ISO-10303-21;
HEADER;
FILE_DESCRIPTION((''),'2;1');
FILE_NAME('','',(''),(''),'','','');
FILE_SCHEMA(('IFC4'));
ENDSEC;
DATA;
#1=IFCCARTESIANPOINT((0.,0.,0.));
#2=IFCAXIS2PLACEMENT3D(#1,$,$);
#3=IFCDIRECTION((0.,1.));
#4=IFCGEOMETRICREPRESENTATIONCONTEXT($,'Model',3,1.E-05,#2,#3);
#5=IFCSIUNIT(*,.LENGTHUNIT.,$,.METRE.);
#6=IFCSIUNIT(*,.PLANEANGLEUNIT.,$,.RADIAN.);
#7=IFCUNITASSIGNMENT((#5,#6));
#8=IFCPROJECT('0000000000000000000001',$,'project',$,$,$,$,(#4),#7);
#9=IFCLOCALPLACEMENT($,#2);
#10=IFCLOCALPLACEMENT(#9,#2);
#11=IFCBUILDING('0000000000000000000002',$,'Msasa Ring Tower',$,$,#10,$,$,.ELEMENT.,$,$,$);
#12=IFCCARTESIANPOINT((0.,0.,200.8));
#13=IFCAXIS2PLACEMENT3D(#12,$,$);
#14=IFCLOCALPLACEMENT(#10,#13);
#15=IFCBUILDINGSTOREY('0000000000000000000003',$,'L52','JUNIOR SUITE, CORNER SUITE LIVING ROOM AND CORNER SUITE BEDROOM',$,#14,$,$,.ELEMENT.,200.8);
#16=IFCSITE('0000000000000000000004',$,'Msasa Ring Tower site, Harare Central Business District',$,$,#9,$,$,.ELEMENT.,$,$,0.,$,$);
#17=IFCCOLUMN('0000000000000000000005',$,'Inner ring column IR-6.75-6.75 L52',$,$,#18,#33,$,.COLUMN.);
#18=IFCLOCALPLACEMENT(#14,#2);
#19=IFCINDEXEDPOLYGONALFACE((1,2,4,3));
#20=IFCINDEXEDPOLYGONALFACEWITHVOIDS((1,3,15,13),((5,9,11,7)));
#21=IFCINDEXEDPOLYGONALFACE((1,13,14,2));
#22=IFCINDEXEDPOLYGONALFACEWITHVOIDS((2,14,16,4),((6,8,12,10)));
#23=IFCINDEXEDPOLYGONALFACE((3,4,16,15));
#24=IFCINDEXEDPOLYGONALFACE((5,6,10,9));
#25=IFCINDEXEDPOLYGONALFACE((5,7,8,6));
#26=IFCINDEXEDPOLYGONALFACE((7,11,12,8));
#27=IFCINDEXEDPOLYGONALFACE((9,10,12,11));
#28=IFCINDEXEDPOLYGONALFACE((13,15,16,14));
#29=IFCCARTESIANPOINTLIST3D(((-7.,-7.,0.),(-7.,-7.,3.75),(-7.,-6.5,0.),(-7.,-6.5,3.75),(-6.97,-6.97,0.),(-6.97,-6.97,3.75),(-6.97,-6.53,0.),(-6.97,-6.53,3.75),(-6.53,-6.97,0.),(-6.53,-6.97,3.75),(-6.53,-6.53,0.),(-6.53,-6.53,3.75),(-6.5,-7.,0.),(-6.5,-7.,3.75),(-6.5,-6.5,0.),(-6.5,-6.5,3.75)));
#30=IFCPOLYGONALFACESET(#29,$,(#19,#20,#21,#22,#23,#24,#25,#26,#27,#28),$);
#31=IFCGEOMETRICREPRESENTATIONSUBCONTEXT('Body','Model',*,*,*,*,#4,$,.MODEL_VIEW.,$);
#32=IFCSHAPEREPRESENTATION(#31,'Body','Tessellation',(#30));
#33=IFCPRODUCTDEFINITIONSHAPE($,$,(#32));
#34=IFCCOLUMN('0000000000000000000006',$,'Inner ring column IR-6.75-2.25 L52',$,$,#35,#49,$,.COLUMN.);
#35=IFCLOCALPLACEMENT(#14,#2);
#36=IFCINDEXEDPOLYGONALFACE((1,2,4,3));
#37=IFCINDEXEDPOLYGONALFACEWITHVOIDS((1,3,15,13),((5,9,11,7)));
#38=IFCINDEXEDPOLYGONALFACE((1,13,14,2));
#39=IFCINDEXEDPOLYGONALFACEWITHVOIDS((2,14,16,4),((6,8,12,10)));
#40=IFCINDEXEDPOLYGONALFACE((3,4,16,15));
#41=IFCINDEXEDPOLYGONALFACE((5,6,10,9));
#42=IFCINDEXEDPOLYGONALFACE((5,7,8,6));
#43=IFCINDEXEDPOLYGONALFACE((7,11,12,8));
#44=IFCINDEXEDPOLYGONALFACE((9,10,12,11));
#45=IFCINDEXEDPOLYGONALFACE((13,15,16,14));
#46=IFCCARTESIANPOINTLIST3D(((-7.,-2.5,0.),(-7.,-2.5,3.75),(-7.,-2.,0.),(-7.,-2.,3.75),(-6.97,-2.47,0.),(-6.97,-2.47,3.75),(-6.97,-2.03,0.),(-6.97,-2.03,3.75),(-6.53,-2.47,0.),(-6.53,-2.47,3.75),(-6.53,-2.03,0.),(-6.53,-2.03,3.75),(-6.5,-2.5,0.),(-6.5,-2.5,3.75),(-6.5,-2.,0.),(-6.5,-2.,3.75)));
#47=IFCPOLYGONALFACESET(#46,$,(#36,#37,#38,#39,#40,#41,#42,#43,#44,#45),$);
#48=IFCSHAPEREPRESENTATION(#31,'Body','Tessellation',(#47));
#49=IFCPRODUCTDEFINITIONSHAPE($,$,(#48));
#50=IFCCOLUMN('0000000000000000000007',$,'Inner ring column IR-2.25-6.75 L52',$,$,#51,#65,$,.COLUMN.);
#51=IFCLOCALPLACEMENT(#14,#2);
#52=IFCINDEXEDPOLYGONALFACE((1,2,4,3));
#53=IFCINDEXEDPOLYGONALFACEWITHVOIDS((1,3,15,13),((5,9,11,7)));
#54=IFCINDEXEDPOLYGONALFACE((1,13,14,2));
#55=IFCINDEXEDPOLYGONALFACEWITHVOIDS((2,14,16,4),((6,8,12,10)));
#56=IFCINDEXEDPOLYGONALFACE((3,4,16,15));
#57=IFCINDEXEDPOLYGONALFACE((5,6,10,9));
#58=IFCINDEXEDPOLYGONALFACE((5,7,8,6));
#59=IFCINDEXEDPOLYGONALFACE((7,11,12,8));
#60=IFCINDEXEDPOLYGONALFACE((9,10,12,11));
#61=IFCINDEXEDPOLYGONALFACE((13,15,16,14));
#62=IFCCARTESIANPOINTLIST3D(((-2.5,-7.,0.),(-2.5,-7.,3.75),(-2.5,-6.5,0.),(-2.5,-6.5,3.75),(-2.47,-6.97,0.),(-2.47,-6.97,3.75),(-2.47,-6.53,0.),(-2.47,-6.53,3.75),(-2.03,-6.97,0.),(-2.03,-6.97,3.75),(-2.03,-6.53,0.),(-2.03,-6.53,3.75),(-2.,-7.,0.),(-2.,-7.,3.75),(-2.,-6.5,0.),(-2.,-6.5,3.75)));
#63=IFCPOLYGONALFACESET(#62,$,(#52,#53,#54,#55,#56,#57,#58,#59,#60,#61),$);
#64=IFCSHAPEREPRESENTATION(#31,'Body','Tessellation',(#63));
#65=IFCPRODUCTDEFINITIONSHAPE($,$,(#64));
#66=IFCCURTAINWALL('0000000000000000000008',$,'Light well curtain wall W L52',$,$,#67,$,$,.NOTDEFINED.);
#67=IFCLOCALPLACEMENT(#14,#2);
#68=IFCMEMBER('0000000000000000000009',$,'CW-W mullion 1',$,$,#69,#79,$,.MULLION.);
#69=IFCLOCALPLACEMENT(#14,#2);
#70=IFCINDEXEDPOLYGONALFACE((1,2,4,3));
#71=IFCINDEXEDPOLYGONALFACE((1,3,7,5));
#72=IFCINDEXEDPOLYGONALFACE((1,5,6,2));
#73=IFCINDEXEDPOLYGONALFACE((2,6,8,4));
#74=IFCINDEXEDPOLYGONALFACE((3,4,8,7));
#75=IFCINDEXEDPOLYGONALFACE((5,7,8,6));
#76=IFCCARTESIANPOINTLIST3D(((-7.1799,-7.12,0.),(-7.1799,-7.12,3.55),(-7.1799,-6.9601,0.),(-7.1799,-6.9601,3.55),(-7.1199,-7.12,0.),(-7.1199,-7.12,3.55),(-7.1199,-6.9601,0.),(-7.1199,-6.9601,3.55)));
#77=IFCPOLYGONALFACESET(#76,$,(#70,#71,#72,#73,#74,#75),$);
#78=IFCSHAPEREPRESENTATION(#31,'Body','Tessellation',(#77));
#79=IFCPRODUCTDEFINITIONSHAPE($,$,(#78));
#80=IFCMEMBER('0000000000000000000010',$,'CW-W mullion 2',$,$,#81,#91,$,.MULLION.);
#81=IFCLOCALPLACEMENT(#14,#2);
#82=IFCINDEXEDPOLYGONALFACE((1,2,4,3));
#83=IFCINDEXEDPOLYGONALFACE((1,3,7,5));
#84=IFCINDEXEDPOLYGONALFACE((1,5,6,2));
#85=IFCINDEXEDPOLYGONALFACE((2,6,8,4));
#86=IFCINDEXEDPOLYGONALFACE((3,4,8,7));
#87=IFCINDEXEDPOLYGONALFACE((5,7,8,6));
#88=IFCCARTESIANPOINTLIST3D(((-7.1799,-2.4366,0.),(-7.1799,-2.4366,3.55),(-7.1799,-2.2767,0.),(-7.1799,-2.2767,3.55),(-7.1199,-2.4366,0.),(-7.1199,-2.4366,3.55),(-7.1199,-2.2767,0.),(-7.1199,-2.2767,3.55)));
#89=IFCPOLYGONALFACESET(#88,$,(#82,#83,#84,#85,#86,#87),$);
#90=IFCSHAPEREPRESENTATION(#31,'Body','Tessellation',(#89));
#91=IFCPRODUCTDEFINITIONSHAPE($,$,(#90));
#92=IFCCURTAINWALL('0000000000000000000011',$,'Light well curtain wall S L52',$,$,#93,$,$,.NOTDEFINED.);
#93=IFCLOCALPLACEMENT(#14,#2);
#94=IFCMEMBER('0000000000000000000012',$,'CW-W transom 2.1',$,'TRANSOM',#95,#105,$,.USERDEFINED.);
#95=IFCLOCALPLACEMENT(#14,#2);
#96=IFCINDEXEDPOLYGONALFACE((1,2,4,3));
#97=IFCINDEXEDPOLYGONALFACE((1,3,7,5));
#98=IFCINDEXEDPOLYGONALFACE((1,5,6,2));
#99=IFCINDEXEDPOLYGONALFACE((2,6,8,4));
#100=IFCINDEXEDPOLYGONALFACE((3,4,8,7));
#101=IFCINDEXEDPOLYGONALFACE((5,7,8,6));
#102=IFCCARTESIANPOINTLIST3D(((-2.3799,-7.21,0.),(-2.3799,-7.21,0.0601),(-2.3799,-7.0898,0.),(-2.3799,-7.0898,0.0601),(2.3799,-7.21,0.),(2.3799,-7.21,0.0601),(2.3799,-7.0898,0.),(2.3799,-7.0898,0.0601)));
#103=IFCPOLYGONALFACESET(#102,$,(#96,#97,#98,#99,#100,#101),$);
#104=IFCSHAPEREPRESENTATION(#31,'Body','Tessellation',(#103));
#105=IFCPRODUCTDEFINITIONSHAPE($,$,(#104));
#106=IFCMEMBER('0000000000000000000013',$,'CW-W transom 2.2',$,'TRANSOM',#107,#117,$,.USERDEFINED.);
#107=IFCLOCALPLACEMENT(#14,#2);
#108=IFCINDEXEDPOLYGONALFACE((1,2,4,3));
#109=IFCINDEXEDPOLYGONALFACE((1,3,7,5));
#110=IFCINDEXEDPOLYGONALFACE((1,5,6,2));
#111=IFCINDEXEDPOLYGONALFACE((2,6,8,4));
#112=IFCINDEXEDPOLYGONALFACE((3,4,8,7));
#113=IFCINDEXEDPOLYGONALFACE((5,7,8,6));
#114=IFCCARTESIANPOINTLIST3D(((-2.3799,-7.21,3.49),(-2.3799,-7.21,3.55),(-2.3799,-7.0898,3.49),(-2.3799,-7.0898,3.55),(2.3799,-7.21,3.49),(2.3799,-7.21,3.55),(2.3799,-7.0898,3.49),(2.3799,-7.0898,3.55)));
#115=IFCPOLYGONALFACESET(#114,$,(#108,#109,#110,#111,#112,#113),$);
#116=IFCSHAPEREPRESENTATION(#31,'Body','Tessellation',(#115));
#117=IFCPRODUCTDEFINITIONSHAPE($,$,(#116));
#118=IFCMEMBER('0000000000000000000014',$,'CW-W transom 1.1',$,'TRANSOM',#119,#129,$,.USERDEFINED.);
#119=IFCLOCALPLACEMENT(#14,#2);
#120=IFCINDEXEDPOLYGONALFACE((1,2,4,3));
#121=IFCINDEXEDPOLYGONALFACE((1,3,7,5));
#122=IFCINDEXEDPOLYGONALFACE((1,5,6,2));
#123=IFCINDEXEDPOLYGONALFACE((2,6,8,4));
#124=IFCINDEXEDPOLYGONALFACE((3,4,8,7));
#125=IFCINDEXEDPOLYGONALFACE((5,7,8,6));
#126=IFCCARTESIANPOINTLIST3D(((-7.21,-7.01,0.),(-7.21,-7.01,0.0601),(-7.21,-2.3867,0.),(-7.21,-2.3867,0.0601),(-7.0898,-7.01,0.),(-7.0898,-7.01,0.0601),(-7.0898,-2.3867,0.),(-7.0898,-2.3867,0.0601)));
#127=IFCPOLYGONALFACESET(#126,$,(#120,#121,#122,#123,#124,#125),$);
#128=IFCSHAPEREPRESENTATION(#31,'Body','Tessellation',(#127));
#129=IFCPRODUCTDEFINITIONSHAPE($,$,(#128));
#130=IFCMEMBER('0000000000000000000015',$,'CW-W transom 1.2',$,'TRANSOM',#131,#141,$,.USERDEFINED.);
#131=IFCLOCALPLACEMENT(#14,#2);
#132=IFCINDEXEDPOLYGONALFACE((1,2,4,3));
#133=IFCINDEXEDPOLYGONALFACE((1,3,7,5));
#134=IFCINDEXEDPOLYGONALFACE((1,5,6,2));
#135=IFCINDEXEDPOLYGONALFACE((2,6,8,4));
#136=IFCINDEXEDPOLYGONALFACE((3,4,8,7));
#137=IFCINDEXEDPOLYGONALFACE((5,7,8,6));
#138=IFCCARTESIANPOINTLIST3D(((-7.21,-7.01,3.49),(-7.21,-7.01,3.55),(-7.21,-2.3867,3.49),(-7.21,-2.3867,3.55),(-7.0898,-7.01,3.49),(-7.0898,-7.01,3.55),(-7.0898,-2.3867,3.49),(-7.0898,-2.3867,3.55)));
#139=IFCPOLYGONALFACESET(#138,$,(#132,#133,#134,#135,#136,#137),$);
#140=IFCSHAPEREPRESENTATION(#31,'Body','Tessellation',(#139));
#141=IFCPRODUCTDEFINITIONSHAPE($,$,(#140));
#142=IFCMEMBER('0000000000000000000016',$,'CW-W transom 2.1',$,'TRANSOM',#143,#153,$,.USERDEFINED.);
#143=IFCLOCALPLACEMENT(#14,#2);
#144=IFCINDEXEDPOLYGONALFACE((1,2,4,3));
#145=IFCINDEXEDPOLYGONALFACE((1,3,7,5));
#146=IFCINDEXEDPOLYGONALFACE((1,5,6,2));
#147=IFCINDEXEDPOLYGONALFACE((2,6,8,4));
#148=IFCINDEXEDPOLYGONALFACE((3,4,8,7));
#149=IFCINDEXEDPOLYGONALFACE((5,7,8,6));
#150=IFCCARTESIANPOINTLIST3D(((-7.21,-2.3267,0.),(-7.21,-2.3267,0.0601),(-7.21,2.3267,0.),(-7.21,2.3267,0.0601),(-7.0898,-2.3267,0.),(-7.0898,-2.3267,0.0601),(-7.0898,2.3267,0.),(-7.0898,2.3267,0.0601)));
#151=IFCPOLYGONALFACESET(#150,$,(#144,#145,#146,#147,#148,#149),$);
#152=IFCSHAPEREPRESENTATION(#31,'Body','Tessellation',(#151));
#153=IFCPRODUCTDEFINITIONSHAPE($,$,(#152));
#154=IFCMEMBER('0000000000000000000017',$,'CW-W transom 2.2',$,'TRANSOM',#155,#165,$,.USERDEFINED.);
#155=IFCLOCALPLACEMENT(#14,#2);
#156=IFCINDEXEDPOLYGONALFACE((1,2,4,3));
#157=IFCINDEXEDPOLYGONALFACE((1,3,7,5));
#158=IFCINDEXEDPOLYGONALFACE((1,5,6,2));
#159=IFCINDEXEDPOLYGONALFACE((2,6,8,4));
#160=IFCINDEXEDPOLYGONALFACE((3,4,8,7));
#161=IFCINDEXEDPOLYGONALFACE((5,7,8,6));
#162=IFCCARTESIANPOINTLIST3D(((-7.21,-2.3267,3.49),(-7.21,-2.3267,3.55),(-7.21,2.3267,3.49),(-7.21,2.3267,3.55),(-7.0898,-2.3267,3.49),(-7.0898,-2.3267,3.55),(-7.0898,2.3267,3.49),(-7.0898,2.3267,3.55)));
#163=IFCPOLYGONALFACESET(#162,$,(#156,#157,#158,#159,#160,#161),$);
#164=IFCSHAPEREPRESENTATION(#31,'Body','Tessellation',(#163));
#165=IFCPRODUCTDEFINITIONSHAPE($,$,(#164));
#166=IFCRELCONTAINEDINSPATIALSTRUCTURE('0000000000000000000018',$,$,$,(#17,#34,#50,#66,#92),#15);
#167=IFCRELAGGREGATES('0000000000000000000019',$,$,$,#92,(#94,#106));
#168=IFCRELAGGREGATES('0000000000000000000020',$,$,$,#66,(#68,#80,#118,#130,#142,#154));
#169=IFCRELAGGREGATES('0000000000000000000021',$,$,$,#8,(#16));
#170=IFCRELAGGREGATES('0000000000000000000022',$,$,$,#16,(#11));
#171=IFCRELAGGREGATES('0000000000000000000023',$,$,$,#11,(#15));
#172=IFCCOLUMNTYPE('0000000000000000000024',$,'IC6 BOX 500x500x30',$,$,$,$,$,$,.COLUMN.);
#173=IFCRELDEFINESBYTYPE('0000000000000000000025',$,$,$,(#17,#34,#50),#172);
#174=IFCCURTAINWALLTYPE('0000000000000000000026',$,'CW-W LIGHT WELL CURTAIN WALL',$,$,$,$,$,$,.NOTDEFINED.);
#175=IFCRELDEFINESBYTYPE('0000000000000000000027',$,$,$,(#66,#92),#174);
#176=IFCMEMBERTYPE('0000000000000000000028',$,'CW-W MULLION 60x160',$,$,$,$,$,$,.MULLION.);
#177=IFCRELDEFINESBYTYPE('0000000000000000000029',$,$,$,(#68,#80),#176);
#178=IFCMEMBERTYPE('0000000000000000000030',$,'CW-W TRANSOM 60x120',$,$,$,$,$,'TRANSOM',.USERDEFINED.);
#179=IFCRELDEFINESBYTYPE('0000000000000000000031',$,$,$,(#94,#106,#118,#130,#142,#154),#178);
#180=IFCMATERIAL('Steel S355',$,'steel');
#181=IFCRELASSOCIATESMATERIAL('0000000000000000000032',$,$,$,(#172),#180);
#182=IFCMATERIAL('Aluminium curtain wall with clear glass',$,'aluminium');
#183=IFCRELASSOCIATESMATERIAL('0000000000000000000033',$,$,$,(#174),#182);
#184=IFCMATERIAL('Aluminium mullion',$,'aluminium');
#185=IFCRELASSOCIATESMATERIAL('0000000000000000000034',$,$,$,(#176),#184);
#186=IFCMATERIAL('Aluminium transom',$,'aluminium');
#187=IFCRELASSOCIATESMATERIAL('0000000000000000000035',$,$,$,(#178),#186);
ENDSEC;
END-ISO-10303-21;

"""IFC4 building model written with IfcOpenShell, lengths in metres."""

from ifc_helpers import new_model, si_unit, direction, frame, origin, origin_2d, place, context, subcontext, project, spatial, rectangle, hollow_rectangle, extrude, material, material_profile, profile_set, type_object, element, aggregate, save


model = new_model("IFC4")

# Units and contexts
model_context = context("Model", 3, precision=1e-05, world=origin(), true_north=direction((0.0, 1.0)))
body_context = subcontext(model_context, "Body", "Model", "MODEL_VIEW")
ifc_project = project(units=[si_unit("LENGTHUNIT", "METRE"), si_unit("PLANEANGLEUNIT", "RADIAN")], contexts=[model_context])

# Site, building, storey
site_placement = place(None, origin())
site = spatial("IfcSite", under=ifc_project, at=site_placement, Name="Msasa Ring Tower site, Harare Central Business District", CompositionType="ELEMENT", RefElevation=0.0)
building_placement = place(site_placement, origin())
building = spatial("IfcBuilding", under=site, at=building_placement, Name="Msasa Ring Tower", CompositionType="ELEMENT")
storey_placement = place(building_placement, frame((0.0, 0.0, 200.8)))
storey = spatial("IfcBuildingStorey", under=building, at=storey_placement, Name="L52", Description="JUNIOR SUITE, CORNER SUITE LIVING ROOM AND CORNER SUITE BEDROOM", CompositionType="ELEMENT", Elevation=200.8)

# Columns
ifc_material_1 = material(Name="Steel S355", Category="steel")
ifc_material_profile_1 = material_profile(ifc_material_1, hollow_rectangle(XDim=0.5, YDim=0.5, WallThickness=0.03, at=origin_2d()), Name="BOX 500x500x30")
ifc_profile_set_1 = profile_set([ifc_material_profile_1], Name="Steel S355")
column_type = type_object("IfcColumnType", Name="IC6 BOX 500x500x30", PredefinedType="COLUMN", material=ifc_profile_set_1)
for number, where, z_axis, x_axis, name in (
    (1, (-6.75, -6.75, 0.0), (0.0, 0.0, 1.0), (1.0, 0.0, 0.0), "Inner ring column IR-6.75-6.75 L52"),
    (2, (-6.75, -2.25, 0.0), (0.0, 0.0, 1.0), (1.0, 0.0, 0.0), "Inner ring column IR-6.75-2.25 L52"),
    (3, (-2.25, -6.75, 0.0), (0.0, 0.0, 1.0), (1.0, 0.0, 0.0), "Inner ring column IR-2.25-6.75 L52"),
):
    element("IfcColumn", number, at=place(storey_placement, frame(where, z_axis=z_axis, x_axis=x_axis)), inside=storey, type_object=column_type, Name=name, PredefinedType="COLUMN", context=body_context, shape_type="SweptSolid", body=[
        extrude(hollow_rectangle(XDim=0.5, YDim=0.5, WallThickness=0.03, at=origin_2d()), origin(), (0.0, 0.0, 1.0), 3.75),
    ])

# Curtain walls, members
ifc_material_2 = material(Name="Aluminium curtain wall with clear glass", Category="aluminium")
curtain_wall_type = type_object("IfcCurtainWallType", Name="CW-W LIGHT WELL CURTAIN WALL", PredefinedType="NOTDEFINED", material=ifc_material_2)
curtain_wall_1_placement = place(storey_placement, origin())
curtain_wall_1 = element("IfcCurtainWall", 4, at=curtain_wall_1_placement, inside=storey, type_object=curtain_wall_type, Name="Light well curtain wall W L52", PredefinedType="NOTDEFINED")
ifc_material_3 = material(Name="Aluminium mullion", Category="aluminium")
ifc_material_profile_2 = material_profile(ifc_material_3, rectangle(XDim=0.0601, YDim=0.1599, at=origin_2d()), Name="AL 60x160")
ifc_profile_set_2 = profile_set([ifc_material_profile_2], Name="Aluminium mullion")
member_type_1 = type_object("IfcMemberType", Name="CW-W MULLION 60x160", PredefinedType="MULLION", material=ifc_profile_set_2)
member_1_placement = place(storey_placement, frame((-7.1499, -7.04, 0.0), z_axis=(0.0, 0.0, 1.0), x_axis=(-1.0, 0.0, 0.0)))
member_1 = element("IfcMember", 5, at=member_1_placement, type_object=member_type_1, Name="CW-W mullion 1", PredefinedType="MULLION", context=body_context, shape_type="SweptSolid", body=[
    extrude(rectangle(XDim=0.0601, YDim=0.1599, at=origin_2d()), origin(), (0.0, 0.0, 1.0), 3.55),
])
member_2_placement = place(storey_placement, frame((-7.1499, -2.3567, 0.0), z_axis=(0.0, 0.0, 1.0), x_axis=(-1.0, 0.0, 0.0)))
member_2 = element("IfcMember", 6, at=member_2_placement, type_object=member_type_1, Name="CW-W mullion 2", PredefinedType="MULLION", context=body_context, shape_type="SweptSolid", body=[
    extrude(rectangle(XDim=0.0601, YDim=0.1599, at=origin_2d()), origin(), (0.0, 0.0, 1.0), 3.55),
])
curtain_wall_2_placement = place(storey_placement, origin())
curtain_wall_2 = element("IfcCurtainWall", 7, at=curtain_wall_2_placement, inside=storey, type_object=curtain_wall_type, Name="Light well curtain wall S L52", PredefinedType="NOTDEFINED")
ifc_material_4 = material(Name="Aluminium transom", Category="aluminium")
ifc_material_profile_3 = material_profile(ifc_material_4, rectangle(XDim=0.1201, YDim=0.0601, at=origin_2d()), Name="AL 60x120")
ifc_profile_set_3 = profile_set([ifc_material_profile_3], Name="Aluminium transom")
member_type_2 = type_object("IfcMemberType", Name="CW-W TRANSOM 60x120", ElementType="TRANSOM", PredefinedType="USERDEFINED", material=ifc_profile_set_3)
member_3_placement = place(storey_placement, frame((-2.3799, -7.1499, 0.03), z_axis=(1.0, 0.0, 0.0), x_axis=(0.0, 1.0, 0.0)))
member_3 = element("IfcMember", 8, at=member_3_placement, type_object=member_type_2, Name="CW-W transom 2.1", ObjectType="TRANSOM", PredefinedType="USERDEFINED", context=body_context, shape_type="SweptSolid", body=[
    extrude(rectangle(XDim=0.1201, YDim=0.0601, at=origin_2d()), origin(), (0.0, 0.0, 1.0), 4.7598),
])
member_4_placement = place(storey_placement, frame((-2.3799, -7.1499, 3.52), z_axis=(1.0, 0.0, 0.0), x_axis=(0.0, 1.0, 0.0)))
member_4 = element("IfcMember", 9, at=member_4_placement, type_object=member_type_2, Name="CW-W transom 2.2", ObjectType="TRANSOM", PredefinedType="USERDEFINED", context=body_context, shape_type="SweptSolid", body=[
    extrude(rectangle(XDim=0.1201, YDim=0.0601, at=origin_2d()), origin(), (0.0, 0.0, 1.0), 4.7598),
])

# Members
member_5_placement = place(storey_placement, frame((-7.1499, -7.01, 0.03), z_axis=(0.0, 1.0, 0.0), x_axis=(-1.0, 0.0, 0.0)))
member_5 = element("IfcMember", 10, at=member_5_placement, type_object=member_type_2, Name="CW-W transom 1.1", ObjectType="TRANSOM", PredefinedType="USERDEFINED", context=body_context, shape_type="SweptSolid", body=[
    extrude(rectangle(XDim=0.1201, YDim=0.0601, at=origin_2d()), origin(), (0.0, 0.0, 1.0), 4.6233),
])
member_6_placement = place(storey_placement, frame((-7.1499, -7.01, 3.52), z_axis=(0.0, 1.0, 0.0), x_axis=(-1.0, 0.0, 0.0)))
member_6 = element("IfcMember", 11, at=member_6_placement, type_object=member_type_2, Name="CW-W transom 1.2", ObjectType="TRANSOM", PredefinedType="USERDEFINED", context=body_context, shape_type="SweptSolid", body=[
    extrude(rectangle(XDim=0.1201, YDim=0.0601, at=origin_2d()), origin(), (0.0, 0.0, 1.0), 4.6233),
])
member_7_placement = place(storey_placement, frame((-7.1499, -2.3267, 0.03), z_axis=(0.0, 1.0, 0.0), x_axis=(-1.0, 0.0, 0.0)))
member_7 = element("IfcMember", 12, at=member_7_placement, type_object=member_type_2, Name="CW-W transom 2.1", ObjectType="TRANSOM", PredefinedType="USERDEFINED", context=body_context, shape_type="SweptSolid", body=[
    extrude(rectangle(XDim=0.1201, YDim=0.0601, at=origin_2d()), origin(), (0.0, 0.0, 1.0), 4.6533),
])
member_8_placement = place(storey_placement, frame((-7.1499, -2.3267, 3.52), z_axis=(0.0, 1.0, 0.0), x_axis=(-1.0, 0.0, 0.0)))
member_8 = element("IfcMember", 13, at=member_8_placement, type_object=member_type_2, Name="CW-W transom 2.2", ObjectType="TRANSOM", PredefinedType="USERDEFINED", context=body_context, shape_type="SweptSolid", body=[
    extrude(rectangle(XDim=0.1201, YDim=0.0601, at=origin_2d()), origin(), (0.0, 0.0, 1.0), 4.6533),
])

aggregate(curtain_wall_2, [member_3, member_4])
aggregate(curtain_wall_1, [member_1, member_2, member_5, member_6, member_7, member_8])

save(model, "model.ifc")
